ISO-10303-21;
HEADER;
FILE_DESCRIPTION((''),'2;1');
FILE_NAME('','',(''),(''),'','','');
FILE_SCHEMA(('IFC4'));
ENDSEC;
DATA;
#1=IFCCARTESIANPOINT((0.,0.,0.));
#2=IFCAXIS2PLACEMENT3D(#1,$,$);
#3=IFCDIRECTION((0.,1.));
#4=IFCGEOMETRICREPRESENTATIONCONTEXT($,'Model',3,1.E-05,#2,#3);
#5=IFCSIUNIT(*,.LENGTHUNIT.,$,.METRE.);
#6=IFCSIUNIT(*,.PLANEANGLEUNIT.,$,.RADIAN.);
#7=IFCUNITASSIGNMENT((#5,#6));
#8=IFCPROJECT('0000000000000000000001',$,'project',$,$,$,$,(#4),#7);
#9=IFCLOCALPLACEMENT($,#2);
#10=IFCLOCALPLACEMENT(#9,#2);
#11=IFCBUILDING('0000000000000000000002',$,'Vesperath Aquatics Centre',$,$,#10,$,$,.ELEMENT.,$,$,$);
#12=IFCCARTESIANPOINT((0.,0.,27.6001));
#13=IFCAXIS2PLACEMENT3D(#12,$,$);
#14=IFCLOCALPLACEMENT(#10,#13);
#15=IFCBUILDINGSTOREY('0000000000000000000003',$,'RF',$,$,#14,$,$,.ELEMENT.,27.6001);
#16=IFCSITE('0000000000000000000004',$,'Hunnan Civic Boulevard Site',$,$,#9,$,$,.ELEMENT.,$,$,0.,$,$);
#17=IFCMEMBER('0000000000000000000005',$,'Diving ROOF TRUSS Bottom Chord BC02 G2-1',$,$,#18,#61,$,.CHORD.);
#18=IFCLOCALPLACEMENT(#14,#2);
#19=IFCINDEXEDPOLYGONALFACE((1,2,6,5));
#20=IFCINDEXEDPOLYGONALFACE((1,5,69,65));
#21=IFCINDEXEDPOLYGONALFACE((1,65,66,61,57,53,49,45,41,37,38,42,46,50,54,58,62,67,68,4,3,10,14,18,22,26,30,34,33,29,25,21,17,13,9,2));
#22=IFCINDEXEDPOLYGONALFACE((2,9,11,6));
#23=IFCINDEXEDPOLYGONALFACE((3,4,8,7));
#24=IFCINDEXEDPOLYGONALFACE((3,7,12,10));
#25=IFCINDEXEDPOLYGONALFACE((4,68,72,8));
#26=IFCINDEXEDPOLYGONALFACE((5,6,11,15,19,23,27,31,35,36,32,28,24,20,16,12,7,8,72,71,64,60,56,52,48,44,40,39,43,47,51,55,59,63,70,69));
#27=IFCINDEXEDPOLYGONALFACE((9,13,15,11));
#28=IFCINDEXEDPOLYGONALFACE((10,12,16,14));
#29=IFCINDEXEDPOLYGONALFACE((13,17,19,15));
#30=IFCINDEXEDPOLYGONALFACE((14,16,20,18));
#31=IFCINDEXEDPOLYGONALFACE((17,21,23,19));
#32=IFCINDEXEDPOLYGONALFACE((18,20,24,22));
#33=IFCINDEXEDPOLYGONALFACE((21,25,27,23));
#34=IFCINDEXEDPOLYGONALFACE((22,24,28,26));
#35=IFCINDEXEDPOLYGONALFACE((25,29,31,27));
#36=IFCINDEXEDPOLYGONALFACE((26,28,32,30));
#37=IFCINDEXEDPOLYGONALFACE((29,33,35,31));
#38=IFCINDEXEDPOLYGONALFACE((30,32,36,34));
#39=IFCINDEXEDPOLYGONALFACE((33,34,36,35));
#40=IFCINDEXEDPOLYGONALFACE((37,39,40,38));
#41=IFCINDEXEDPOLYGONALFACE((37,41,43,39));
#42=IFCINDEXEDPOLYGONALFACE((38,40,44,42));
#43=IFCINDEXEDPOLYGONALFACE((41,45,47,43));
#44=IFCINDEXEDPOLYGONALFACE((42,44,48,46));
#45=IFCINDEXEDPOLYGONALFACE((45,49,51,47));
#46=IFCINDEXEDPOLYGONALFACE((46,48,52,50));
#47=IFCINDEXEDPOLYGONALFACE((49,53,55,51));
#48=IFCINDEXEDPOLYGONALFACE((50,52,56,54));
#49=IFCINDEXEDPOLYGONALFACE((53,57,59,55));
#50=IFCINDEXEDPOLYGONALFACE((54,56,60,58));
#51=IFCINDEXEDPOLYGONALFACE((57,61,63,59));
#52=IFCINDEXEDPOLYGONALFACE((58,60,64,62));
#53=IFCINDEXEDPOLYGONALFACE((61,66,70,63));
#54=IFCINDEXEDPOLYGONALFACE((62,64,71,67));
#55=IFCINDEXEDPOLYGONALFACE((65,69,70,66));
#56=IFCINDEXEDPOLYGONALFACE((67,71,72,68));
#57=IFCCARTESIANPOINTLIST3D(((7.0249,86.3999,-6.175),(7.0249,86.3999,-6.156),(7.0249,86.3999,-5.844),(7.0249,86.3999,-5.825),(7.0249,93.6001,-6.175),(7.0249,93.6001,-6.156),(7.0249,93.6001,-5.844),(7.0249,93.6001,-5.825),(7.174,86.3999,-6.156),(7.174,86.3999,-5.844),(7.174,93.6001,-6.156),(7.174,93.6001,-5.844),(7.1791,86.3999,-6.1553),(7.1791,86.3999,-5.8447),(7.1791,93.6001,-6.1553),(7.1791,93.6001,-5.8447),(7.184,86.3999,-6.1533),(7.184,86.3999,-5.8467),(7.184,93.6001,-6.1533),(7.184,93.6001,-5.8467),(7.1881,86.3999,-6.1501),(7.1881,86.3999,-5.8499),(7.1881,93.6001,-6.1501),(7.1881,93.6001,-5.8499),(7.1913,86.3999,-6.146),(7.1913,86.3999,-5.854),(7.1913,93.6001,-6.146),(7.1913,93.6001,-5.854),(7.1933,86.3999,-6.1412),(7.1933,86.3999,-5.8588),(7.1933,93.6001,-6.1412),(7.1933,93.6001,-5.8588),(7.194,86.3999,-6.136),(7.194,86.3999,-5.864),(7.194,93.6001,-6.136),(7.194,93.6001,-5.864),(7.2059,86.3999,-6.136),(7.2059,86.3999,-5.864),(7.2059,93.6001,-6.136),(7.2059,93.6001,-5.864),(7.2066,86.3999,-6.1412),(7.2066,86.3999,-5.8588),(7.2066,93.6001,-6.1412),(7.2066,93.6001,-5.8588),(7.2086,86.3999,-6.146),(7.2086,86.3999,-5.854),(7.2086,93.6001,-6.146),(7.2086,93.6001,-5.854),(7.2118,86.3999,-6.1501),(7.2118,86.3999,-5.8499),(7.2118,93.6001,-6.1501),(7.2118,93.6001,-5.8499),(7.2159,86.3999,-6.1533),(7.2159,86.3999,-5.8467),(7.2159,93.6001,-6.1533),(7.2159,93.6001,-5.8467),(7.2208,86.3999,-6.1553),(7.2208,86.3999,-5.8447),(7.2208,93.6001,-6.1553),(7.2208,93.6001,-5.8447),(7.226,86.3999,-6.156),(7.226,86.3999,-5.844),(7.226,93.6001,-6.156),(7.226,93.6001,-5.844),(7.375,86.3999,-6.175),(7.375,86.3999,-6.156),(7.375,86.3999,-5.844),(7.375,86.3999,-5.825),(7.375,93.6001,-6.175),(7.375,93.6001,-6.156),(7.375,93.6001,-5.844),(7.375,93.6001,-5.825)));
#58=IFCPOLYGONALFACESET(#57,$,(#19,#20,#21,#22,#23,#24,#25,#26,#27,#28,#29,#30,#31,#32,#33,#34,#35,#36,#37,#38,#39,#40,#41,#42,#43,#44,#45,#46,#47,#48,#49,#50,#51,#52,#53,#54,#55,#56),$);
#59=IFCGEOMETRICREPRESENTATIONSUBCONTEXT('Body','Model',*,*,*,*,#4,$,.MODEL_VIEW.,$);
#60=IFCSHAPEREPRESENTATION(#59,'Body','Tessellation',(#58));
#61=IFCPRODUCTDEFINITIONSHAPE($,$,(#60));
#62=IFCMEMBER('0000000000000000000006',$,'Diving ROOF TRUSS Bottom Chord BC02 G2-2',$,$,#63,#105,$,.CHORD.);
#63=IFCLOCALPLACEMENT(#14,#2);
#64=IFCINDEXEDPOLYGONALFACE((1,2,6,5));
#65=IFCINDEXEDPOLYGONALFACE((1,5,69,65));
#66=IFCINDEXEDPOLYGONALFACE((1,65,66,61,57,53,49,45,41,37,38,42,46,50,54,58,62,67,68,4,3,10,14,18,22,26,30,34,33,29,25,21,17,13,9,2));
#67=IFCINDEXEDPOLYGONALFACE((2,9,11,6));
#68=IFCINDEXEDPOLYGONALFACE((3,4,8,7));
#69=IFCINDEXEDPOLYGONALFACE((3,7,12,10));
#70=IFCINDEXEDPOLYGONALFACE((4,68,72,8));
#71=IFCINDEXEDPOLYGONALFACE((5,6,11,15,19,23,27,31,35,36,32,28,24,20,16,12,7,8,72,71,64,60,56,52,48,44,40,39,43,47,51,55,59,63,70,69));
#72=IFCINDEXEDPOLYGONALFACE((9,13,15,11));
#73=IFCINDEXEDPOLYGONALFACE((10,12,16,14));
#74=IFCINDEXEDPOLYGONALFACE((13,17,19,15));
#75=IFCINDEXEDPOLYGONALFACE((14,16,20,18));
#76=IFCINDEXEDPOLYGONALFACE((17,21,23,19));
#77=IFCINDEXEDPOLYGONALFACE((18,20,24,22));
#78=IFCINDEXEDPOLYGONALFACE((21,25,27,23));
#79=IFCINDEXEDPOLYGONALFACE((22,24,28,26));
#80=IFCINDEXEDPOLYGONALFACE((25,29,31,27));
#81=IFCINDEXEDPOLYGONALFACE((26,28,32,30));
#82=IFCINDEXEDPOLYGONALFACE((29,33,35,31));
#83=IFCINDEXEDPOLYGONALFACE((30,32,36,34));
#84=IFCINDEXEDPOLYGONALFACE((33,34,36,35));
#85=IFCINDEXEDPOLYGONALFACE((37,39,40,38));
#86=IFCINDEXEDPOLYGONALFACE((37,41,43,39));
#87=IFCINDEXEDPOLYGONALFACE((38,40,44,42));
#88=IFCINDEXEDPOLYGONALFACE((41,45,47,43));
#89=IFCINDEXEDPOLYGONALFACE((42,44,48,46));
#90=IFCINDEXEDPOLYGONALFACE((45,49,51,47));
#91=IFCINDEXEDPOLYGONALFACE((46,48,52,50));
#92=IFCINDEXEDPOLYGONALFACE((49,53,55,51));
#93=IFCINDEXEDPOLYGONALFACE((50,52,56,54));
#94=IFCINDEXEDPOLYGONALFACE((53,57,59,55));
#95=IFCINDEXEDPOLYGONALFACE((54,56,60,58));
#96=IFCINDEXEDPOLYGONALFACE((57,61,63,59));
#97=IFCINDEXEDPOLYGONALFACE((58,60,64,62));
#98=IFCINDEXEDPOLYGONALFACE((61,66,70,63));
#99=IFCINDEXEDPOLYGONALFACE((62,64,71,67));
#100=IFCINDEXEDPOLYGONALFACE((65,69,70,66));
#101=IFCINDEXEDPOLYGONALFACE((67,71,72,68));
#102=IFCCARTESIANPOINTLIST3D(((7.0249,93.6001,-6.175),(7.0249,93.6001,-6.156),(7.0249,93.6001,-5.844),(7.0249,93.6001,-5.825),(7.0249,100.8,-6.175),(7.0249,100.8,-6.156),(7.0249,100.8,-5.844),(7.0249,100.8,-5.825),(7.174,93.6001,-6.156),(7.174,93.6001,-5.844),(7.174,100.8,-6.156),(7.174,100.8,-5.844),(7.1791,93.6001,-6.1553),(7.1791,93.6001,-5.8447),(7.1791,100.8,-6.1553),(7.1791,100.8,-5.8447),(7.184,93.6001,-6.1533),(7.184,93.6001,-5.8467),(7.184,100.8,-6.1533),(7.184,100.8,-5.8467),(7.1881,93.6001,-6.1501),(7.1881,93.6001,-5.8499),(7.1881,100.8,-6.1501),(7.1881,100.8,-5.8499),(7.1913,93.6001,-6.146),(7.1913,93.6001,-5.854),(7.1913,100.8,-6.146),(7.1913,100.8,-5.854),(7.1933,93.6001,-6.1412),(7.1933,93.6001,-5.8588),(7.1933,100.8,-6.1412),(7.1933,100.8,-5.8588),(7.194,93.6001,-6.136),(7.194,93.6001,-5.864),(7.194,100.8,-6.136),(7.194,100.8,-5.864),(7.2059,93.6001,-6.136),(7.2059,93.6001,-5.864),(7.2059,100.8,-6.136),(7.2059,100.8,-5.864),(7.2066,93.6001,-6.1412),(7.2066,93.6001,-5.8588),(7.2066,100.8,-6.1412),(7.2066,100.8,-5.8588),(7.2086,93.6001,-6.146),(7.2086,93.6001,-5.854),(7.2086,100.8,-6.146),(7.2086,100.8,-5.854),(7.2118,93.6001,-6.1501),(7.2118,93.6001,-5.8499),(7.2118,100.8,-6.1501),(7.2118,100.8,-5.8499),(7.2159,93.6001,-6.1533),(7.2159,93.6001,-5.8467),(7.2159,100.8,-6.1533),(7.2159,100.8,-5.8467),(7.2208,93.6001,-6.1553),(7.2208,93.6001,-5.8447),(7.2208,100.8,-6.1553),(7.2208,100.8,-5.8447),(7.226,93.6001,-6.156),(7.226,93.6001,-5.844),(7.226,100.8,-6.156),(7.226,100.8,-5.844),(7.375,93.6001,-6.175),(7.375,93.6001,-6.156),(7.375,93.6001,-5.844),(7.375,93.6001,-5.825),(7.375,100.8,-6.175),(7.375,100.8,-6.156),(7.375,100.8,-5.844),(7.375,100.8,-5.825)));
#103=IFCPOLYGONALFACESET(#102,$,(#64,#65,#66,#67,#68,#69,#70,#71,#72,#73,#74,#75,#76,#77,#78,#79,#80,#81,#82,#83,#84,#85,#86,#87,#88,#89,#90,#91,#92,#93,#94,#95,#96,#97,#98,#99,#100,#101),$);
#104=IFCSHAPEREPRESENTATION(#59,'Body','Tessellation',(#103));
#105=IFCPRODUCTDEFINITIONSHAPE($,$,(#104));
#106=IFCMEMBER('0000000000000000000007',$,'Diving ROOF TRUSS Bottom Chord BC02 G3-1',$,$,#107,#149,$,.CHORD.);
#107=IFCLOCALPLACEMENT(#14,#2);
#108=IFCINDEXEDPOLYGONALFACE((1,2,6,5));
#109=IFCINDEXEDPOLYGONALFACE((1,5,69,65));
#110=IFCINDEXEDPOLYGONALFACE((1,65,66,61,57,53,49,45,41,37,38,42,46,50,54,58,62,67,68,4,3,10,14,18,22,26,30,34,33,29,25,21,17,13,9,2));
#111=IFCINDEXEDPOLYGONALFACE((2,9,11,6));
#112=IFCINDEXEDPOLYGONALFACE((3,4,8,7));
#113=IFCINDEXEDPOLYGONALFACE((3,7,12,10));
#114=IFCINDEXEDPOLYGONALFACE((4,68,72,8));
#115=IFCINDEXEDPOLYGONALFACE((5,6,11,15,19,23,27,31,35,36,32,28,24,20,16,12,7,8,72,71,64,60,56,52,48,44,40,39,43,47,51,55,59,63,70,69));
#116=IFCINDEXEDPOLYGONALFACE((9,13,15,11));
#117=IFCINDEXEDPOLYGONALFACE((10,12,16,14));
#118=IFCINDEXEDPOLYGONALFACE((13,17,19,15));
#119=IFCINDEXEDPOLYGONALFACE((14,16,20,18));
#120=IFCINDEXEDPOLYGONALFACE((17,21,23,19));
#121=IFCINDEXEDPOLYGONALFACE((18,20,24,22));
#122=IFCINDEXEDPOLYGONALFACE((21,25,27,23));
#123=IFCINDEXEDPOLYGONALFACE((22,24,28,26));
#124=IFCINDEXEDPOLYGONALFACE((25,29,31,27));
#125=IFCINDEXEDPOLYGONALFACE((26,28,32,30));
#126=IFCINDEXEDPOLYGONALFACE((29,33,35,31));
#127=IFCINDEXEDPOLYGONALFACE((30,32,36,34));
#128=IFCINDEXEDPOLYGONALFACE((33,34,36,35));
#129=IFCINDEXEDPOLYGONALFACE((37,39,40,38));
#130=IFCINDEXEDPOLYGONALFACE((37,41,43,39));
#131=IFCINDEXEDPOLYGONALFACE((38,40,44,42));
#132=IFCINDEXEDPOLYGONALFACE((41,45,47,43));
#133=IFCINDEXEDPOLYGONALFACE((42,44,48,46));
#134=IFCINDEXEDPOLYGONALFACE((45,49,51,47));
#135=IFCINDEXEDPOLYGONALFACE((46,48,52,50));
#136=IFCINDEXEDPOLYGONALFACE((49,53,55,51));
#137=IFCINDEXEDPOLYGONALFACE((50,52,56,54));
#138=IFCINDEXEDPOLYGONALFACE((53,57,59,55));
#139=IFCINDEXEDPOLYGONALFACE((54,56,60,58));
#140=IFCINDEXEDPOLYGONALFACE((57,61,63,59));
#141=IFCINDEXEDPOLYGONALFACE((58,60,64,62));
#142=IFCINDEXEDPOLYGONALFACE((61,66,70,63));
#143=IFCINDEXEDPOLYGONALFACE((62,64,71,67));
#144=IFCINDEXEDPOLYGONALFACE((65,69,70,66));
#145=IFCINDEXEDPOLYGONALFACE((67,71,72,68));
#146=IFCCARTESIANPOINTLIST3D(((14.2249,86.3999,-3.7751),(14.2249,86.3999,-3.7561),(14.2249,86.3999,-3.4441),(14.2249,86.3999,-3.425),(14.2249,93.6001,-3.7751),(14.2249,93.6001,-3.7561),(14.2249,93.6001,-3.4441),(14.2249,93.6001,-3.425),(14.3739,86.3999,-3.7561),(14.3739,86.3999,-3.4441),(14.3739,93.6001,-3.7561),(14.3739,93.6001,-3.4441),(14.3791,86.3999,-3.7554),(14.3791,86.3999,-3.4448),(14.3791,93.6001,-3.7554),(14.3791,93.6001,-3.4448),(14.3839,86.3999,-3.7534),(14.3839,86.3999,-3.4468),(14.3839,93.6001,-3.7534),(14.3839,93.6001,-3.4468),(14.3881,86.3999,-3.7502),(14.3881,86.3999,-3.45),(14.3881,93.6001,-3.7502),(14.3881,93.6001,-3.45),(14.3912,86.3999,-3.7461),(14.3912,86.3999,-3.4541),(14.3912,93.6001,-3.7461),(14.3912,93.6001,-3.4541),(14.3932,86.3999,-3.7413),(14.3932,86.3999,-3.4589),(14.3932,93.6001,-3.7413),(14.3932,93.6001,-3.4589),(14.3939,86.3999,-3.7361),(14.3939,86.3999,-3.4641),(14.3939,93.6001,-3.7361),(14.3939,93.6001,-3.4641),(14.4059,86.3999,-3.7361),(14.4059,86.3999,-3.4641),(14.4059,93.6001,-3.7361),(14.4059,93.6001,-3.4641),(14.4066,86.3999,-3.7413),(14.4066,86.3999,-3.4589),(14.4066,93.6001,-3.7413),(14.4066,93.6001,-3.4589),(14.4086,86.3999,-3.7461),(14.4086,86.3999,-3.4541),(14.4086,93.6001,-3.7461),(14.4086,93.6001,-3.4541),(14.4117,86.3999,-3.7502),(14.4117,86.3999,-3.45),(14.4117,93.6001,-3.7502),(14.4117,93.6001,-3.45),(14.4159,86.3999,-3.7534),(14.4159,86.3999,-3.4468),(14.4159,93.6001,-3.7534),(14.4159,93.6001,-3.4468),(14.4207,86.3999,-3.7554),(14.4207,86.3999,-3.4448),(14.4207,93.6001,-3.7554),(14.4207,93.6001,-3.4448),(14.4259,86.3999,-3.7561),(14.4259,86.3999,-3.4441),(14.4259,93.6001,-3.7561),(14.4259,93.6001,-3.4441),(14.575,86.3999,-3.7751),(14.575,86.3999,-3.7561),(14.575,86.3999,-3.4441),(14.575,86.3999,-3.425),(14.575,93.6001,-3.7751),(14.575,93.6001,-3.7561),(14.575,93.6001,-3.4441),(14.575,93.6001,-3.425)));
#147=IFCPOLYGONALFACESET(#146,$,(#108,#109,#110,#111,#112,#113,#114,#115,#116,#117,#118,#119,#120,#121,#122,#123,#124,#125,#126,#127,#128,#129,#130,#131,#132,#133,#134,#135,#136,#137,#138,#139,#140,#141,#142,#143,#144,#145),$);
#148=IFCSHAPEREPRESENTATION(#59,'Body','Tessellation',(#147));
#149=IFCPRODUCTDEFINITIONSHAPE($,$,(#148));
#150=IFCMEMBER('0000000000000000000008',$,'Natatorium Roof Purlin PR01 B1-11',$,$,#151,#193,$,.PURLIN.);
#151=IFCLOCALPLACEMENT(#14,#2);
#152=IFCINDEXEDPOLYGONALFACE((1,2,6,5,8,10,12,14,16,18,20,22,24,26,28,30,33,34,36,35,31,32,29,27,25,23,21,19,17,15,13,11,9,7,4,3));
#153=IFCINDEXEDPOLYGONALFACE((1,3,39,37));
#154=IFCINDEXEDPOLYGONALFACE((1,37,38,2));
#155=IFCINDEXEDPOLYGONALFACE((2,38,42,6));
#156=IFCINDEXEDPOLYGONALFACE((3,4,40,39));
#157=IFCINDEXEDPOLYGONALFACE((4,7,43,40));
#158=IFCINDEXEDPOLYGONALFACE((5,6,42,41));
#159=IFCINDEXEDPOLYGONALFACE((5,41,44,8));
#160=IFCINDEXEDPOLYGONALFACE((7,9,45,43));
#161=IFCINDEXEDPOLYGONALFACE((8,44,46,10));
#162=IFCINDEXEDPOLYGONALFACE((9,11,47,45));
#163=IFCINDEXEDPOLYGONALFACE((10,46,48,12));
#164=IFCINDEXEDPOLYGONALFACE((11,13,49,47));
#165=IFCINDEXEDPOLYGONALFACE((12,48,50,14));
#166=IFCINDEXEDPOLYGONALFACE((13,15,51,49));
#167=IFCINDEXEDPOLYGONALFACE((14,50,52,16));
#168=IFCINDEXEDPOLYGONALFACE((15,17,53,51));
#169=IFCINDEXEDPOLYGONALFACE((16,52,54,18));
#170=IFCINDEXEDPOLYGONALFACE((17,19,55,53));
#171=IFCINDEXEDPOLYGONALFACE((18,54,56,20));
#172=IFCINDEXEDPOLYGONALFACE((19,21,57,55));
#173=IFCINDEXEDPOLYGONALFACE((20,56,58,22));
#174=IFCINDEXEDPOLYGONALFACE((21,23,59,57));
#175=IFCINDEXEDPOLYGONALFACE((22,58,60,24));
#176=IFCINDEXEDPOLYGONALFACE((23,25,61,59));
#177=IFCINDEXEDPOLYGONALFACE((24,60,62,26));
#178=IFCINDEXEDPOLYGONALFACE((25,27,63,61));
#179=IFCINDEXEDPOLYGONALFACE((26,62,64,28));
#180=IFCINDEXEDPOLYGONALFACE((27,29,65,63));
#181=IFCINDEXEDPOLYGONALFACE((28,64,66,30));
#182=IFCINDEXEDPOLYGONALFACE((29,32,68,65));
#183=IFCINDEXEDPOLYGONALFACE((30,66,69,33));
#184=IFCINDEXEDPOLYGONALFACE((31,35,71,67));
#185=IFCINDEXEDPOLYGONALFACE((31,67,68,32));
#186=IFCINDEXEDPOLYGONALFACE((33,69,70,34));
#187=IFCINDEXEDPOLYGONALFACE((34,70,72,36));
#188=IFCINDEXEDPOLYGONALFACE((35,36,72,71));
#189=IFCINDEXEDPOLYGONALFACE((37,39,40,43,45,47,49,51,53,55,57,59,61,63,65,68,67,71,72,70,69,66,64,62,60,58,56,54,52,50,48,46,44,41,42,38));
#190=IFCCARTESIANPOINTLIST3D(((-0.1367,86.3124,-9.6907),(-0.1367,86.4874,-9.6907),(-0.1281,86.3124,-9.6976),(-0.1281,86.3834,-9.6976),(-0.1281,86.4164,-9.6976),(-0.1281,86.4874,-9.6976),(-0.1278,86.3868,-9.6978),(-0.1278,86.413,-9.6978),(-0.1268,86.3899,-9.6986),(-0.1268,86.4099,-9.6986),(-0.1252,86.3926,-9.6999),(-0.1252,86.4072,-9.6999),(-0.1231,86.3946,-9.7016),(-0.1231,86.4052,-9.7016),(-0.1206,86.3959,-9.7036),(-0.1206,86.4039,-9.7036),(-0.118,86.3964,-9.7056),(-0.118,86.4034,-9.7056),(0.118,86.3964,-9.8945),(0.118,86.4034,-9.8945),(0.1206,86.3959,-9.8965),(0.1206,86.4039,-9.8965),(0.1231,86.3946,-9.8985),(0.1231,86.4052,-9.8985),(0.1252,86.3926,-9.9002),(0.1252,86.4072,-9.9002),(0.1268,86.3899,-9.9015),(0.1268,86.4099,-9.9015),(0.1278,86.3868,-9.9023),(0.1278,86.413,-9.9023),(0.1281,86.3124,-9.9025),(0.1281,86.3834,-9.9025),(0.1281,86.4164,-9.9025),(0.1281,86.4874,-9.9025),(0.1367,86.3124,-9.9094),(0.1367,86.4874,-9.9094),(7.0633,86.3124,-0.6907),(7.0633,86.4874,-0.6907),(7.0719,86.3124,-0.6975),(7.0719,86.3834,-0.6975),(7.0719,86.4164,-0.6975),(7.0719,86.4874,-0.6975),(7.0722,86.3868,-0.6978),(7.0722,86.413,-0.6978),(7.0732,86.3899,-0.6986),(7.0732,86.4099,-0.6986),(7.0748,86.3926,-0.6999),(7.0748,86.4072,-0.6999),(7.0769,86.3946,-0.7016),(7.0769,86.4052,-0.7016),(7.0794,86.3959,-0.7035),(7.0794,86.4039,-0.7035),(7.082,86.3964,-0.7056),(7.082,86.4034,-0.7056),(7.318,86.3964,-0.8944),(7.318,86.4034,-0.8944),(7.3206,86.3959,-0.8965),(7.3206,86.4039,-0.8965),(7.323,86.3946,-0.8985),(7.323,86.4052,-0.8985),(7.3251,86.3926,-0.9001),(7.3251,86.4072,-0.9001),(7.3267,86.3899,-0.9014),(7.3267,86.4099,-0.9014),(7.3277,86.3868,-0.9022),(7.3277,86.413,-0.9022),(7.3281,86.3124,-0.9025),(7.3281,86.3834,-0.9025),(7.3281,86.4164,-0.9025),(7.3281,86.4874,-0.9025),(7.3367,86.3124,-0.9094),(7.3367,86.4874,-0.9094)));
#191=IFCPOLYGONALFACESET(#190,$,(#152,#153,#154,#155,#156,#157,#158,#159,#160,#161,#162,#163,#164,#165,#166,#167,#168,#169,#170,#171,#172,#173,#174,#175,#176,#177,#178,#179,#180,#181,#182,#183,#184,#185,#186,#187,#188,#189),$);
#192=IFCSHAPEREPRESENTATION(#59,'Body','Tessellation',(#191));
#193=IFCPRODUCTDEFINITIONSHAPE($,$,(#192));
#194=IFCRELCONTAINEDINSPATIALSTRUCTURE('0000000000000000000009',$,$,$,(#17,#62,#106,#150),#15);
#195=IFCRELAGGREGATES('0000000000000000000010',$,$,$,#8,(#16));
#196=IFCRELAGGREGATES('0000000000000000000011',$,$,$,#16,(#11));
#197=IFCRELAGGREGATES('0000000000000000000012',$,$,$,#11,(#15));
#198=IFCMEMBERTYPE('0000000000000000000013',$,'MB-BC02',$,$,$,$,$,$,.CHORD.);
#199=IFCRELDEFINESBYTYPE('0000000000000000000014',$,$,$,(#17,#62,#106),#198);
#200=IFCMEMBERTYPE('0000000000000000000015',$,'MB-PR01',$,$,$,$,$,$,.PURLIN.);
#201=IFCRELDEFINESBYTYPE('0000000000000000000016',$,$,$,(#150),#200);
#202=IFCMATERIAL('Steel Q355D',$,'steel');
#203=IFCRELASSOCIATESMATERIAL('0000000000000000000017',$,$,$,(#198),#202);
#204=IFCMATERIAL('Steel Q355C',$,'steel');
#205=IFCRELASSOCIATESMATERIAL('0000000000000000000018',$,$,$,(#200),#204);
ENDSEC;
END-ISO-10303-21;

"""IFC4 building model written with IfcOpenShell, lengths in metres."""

from ifc_helpers import new_model, si_unit, direction, frame, origin, origin_2d, place, context, subcontext, project, spatial, i_section, extrude, material, material_profile, profile_set, type_object, element, save


model = new_model("IFC4")

# Units and contexts
model_context = context("Model", 3, precision=1e-05, world=origin(), true_north=direction((0.0, 1.0)))
body_context = subcontext(model_context, "Body", "Model", "MODEL_VIEW")
ifc_project = project(units=[si_unit("LENGTHUNIT", "METRE"), si_unit("PLANEANGLEUNIT", "RADIAN")], contexts=[model_context])

# Site, building, storey
site_placement = place(None, origin())
site = spatial("IfcSite", under=ifc_project, at=site_placement, Name="Hunnan Civic Boulevard Site", CompositionType="ELEMENT", RefElevation=0.0)
building_placement = place(site_placement, origin())
building = spatial("IfcBuilding", under=site, at=building_placement, Name="Vesperath Aquatics Centre", CompositionType="ELEMENT")
storey_placement = place(building_placement, frame((0.0, 0.0, 27.6001)))
storey = spatial("IfcBuildingStorey", under=building, at=storey_placement, Name="RF", CompositionType="ELEMENT", Elevation=27.6001)

# Shared definitions
ifc_material_1 = material(Name="Steel Q355C", Category="steel")

# Members
ifc_material_2 = material(Name="Steel Q355D", Category="steel")
ifc_material_profile_1 = material_profile(ifc_material_2, i_section(OverallWidth=0.3501, OverallDepth=0.3501, WebThickness=0.012, FlangeThickness=0.019, FilletRadius=0.02, at=origin_2d()), Name="HW 350x350x12x19")
ifc_profile_set_1 = profile_set([ifc_material_profile_1], Name="Steel Q355D")
member_type_1 = type_object("IfcMemberType", Name="MB-BC02", PredefinedType="CHORD", material=ifc_profile_set_1)
member_1_placement = place(storey_placement, frame((7.2, 86.3999, -6.0), z_axis=(0.0, 1.0, 0.0), x_axis=(-1.0, 0.0, 0.0)))
element("IfcMember", 1, at=member_1_placement, inside=storey, type_object=member_type_1, Name="Diving ROOF TRUSS Bottom Chord BC02 G2-1", PredefinedType="CHORD", context=body_context, shape_type="SweptSolid", body=[
    extrude(i_section(OverallWidth=0.3501, OverallDepth=0.3501, WebThickness=0.012, FlangeThickness=0.019, FilletRadius=0.02, at=origin_2d()), origin(), (0.0, 0.0, 1.0), 7.2002),
])
member_2_placement = place(storey_placement, frame((7.2, 93.6001, -6.0), z_axis=(0.0, 1.0, 0.0), x_axis=(-1.0, 0.0, 0.0)))
element("IfcMember", 2, at=member_2_placement, inside=storey, type_object=member_type_1, Name="Diving ROOF TRUSS Bottom Chord BC02 G2-2", PredefinedType="CHORD", context=body_context, shape_type="SweptSolid", body=[
    extrude(i_section(OverallWidth=0.3501, OverallDepth=0.3501, WebThickness=0.012, FlangeThickness=0.019, FilletRadius=0.02, at=origin_2d()), origin(), (0.0, 0.0, 1.0), 7.2),
])
member_3_placement = place(storey_placement, frame((14.3999, 86.3999, -3.6001), z_axis=(0.0, 1.0, 0.0), x_axis=(-1.0, 0.0, 0.0)))
element("IfcMember", 3, at=member_3_placement, inside=storey, type_object=member_type_1, Name="Diving ROOF TRUSS Bottom Chord BC02 G3-1", PredefinedType="CHORD", context=body_context, shape_type="SweptSolid", body=[
    extrude(i_section(OverallWidth=0.3501, OverallDepth=0.3501, WebThickness=0.012, FlangeThickness=0.019, FilletRadius=0.02, at=origin_2d()), origin(), (0.0, 0.0, 1.0), 7.2002),
])
ifc_material_profile_2 = material_profile(ifc_material_1, i_section(OverallWidth=0.175, OverallDepth=0.3501, WebThickness=0.0071, FlangeThickness=0.011, FilletRadius=0.0129, at=origin_2d()), Name="HN 350x175x7x11")
ifc_profile_set_2 = profile_set([ifc_material_profile_2], Name="Steel Q355C")
member_type_2 = type_object("IfcMemberType", Name="MB-PR01", PredefinedType="PURLIN", material=ifc_profile_set_2)
for number, where, z_axis, x_axis, name in (
    (4, (0.0, 86.3999, -9.8), (0.624692, 0.0, 0.780871), (0.0, 1.0, 0.0), "Natatorium Roof Purlin PR01 B1-11"),
):
    element("IfcMember", number, at=place(storey_placement, frame(where, z_axis=z_axis, x_axis=x_axis)), inside=storey, type_object=member_type_2, Name=name, PredefinedType="PURLIN", context=body_context, shape_type="SweptSolid", body=[
        extrude(i_section(OverallWidth=0.175, OverallDepth=0.3501, WebThickness=0.0071, FlangeThickness=0.011, FilletRadius=0.0129, at=origin_2d()), origin(), (0.0, 0.0, 1.0), 11.5256),
    ])

save(model, "model.ifc")
